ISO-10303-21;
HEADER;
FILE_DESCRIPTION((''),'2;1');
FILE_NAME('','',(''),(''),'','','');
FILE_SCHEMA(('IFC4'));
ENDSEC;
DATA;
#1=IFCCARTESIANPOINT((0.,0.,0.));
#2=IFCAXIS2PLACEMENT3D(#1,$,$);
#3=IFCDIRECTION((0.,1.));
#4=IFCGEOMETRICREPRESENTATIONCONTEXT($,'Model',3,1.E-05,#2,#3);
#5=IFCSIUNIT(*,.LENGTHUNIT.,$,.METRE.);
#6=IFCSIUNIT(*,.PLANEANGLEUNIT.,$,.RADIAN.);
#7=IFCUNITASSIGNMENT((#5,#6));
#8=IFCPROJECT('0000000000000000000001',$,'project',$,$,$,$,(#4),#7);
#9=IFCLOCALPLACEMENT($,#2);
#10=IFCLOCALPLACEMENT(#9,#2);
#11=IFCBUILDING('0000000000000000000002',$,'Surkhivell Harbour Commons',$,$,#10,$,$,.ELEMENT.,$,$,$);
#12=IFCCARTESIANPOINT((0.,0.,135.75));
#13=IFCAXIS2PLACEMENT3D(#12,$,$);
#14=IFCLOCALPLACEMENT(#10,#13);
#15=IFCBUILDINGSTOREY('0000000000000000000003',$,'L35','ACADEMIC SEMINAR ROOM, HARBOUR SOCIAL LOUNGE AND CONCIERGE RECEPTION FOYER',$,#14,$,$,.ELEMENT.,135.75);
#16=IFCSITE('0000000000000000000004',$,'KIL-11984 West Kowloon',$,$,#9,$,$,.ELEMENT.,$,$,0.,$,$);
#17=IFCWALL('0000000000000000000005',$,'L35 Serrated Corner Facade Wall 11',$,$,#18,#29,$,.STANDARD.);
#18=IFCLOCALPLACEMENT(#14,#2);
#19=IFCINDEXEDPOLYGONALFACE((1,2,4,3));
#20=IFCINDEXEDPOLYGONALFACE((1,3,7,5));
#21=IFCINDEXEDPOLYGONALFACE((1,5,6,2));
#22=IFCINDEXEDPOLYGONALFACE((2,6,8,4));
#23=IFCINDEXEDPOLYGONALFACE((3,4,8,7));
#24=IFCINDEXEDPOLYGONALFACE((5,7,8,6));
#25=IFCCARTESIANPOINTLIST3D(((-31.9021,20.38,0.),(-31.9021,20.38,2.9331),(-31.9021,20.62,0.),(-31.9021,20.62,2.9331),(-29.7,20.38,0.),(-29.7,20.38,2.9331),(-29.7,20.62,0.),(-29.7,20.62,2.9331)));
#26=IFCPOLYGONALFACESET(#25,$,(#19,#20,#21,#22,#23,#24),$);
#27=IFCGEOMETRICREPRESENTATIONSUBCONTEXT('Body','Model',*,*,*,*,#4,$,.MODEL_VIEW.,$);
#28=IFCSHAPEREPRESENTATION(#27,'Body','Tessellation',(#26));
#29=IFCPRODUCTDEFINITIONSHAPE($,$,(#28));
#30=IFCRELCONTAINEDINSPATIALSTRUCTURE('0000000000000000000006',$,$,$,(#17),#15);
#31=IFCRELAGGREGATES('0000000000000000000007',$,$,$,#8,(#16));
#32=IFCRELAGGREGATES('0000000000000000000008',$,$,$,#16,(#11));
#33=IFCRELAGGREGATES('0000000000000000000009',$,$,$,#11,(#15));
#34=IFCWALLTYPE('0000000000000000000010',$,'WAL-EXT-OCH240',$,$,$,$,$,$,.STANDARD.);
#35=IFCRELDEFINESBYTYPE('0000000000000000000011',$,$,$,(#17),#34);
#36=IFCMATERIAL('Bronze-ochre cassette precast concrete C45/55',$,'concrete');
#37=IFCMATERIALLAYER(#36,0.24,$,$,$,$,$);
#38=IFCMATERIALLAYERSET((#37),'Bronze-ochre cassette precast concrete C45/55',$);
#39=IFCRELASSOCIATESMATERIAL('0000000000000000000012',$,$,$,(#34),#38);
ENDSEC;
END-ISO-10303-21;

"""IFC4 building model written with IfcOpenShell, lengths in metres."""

from ifc_helpers import new_model, si_unit, direction, frame, frame_2d, origin, place, context, subcontext, project, spatial, rectangle, extrude, material, layer, layer_set, type_object, element, save


model = new_model("IFC4")

# Units and contexts
model_context = context("Model", 3, precision=1e-05, world=origin(), true_north=direction((0.0, 1.0)))
body_context = subcontext(model_context, "Body", "Model", "MODEL_VIEW")
ifc_project = project(units=[si_unit("LENGTHUNIT", "METRE"), si_unit("PLANEANGLEUNIT", "RADIAN")], contexts=[model_context])

# Site, building, storey
site_placement = place(None, origin())
site = spatial("IfcSite", under=ifc_project, at=site_placement, Name="KIL-11984 West Kowloon", CompositionType="ELEMENT", RefElevation=0.0)
building_placement = place(site_placement, origin())
building = spatial("IfcBuilding", under=site, at=building_placement, Name="Surkhivell Harbour Commons", CompositionType="ELEMENT")
storey_placement = place(building_placement, frame((0.0, 0.0, 135.75)))
storey = spatial("IfcBuildingStorey", under=building, at=storey_placement, Name="L35", Description="ACADEMIC SEMINAR ROOM, HARBOUR SOCIAL LOUNGE AND CONCIERGE RECEPTION FOYER", CompositionType="ELEMENT", Elevation=135.75)

# Shared definitions
ifc_material_1 = material(Name="Bronze-ochre cassette precast concrete C45/55", Category="concrete")
ifc_layer_1 = layer(ifc_material_1, 0.24)
ifc_layer_set_1 = layer_set([ifc_layer_1], Name="Bronze-ochre cassette precast concrete C45/55")
wall_type = type_object("IfcWallType", Name="WAL-EXT-OCH240", PredefinedType="STANDARD", material=ifc_layer_set_1)

# Wall
wall_1_placement = place(storey_placement, frame((-29.7, 20.5, 0.0), z_axis=(0.0, 0.0, 1.0), x_axis=(-1.0, 0.0, 0.0)))
element("IfcWall", 1, at=wall_1_placement, inside=storey, type_object=wall_type, Name="L35 Serrated Corner Facade Wall 11", PredefinedType="STANDARD", context=body_context, shape_type="SweptSolid", body=[
    extrude(rectangle(XDim=2.2021, YDim=0.24, at=frame_2d((1.1011, 0.0))), origin(), (0.0, 0.0, 1.0), 2.9331),
])

save(model, "model.ifc")
